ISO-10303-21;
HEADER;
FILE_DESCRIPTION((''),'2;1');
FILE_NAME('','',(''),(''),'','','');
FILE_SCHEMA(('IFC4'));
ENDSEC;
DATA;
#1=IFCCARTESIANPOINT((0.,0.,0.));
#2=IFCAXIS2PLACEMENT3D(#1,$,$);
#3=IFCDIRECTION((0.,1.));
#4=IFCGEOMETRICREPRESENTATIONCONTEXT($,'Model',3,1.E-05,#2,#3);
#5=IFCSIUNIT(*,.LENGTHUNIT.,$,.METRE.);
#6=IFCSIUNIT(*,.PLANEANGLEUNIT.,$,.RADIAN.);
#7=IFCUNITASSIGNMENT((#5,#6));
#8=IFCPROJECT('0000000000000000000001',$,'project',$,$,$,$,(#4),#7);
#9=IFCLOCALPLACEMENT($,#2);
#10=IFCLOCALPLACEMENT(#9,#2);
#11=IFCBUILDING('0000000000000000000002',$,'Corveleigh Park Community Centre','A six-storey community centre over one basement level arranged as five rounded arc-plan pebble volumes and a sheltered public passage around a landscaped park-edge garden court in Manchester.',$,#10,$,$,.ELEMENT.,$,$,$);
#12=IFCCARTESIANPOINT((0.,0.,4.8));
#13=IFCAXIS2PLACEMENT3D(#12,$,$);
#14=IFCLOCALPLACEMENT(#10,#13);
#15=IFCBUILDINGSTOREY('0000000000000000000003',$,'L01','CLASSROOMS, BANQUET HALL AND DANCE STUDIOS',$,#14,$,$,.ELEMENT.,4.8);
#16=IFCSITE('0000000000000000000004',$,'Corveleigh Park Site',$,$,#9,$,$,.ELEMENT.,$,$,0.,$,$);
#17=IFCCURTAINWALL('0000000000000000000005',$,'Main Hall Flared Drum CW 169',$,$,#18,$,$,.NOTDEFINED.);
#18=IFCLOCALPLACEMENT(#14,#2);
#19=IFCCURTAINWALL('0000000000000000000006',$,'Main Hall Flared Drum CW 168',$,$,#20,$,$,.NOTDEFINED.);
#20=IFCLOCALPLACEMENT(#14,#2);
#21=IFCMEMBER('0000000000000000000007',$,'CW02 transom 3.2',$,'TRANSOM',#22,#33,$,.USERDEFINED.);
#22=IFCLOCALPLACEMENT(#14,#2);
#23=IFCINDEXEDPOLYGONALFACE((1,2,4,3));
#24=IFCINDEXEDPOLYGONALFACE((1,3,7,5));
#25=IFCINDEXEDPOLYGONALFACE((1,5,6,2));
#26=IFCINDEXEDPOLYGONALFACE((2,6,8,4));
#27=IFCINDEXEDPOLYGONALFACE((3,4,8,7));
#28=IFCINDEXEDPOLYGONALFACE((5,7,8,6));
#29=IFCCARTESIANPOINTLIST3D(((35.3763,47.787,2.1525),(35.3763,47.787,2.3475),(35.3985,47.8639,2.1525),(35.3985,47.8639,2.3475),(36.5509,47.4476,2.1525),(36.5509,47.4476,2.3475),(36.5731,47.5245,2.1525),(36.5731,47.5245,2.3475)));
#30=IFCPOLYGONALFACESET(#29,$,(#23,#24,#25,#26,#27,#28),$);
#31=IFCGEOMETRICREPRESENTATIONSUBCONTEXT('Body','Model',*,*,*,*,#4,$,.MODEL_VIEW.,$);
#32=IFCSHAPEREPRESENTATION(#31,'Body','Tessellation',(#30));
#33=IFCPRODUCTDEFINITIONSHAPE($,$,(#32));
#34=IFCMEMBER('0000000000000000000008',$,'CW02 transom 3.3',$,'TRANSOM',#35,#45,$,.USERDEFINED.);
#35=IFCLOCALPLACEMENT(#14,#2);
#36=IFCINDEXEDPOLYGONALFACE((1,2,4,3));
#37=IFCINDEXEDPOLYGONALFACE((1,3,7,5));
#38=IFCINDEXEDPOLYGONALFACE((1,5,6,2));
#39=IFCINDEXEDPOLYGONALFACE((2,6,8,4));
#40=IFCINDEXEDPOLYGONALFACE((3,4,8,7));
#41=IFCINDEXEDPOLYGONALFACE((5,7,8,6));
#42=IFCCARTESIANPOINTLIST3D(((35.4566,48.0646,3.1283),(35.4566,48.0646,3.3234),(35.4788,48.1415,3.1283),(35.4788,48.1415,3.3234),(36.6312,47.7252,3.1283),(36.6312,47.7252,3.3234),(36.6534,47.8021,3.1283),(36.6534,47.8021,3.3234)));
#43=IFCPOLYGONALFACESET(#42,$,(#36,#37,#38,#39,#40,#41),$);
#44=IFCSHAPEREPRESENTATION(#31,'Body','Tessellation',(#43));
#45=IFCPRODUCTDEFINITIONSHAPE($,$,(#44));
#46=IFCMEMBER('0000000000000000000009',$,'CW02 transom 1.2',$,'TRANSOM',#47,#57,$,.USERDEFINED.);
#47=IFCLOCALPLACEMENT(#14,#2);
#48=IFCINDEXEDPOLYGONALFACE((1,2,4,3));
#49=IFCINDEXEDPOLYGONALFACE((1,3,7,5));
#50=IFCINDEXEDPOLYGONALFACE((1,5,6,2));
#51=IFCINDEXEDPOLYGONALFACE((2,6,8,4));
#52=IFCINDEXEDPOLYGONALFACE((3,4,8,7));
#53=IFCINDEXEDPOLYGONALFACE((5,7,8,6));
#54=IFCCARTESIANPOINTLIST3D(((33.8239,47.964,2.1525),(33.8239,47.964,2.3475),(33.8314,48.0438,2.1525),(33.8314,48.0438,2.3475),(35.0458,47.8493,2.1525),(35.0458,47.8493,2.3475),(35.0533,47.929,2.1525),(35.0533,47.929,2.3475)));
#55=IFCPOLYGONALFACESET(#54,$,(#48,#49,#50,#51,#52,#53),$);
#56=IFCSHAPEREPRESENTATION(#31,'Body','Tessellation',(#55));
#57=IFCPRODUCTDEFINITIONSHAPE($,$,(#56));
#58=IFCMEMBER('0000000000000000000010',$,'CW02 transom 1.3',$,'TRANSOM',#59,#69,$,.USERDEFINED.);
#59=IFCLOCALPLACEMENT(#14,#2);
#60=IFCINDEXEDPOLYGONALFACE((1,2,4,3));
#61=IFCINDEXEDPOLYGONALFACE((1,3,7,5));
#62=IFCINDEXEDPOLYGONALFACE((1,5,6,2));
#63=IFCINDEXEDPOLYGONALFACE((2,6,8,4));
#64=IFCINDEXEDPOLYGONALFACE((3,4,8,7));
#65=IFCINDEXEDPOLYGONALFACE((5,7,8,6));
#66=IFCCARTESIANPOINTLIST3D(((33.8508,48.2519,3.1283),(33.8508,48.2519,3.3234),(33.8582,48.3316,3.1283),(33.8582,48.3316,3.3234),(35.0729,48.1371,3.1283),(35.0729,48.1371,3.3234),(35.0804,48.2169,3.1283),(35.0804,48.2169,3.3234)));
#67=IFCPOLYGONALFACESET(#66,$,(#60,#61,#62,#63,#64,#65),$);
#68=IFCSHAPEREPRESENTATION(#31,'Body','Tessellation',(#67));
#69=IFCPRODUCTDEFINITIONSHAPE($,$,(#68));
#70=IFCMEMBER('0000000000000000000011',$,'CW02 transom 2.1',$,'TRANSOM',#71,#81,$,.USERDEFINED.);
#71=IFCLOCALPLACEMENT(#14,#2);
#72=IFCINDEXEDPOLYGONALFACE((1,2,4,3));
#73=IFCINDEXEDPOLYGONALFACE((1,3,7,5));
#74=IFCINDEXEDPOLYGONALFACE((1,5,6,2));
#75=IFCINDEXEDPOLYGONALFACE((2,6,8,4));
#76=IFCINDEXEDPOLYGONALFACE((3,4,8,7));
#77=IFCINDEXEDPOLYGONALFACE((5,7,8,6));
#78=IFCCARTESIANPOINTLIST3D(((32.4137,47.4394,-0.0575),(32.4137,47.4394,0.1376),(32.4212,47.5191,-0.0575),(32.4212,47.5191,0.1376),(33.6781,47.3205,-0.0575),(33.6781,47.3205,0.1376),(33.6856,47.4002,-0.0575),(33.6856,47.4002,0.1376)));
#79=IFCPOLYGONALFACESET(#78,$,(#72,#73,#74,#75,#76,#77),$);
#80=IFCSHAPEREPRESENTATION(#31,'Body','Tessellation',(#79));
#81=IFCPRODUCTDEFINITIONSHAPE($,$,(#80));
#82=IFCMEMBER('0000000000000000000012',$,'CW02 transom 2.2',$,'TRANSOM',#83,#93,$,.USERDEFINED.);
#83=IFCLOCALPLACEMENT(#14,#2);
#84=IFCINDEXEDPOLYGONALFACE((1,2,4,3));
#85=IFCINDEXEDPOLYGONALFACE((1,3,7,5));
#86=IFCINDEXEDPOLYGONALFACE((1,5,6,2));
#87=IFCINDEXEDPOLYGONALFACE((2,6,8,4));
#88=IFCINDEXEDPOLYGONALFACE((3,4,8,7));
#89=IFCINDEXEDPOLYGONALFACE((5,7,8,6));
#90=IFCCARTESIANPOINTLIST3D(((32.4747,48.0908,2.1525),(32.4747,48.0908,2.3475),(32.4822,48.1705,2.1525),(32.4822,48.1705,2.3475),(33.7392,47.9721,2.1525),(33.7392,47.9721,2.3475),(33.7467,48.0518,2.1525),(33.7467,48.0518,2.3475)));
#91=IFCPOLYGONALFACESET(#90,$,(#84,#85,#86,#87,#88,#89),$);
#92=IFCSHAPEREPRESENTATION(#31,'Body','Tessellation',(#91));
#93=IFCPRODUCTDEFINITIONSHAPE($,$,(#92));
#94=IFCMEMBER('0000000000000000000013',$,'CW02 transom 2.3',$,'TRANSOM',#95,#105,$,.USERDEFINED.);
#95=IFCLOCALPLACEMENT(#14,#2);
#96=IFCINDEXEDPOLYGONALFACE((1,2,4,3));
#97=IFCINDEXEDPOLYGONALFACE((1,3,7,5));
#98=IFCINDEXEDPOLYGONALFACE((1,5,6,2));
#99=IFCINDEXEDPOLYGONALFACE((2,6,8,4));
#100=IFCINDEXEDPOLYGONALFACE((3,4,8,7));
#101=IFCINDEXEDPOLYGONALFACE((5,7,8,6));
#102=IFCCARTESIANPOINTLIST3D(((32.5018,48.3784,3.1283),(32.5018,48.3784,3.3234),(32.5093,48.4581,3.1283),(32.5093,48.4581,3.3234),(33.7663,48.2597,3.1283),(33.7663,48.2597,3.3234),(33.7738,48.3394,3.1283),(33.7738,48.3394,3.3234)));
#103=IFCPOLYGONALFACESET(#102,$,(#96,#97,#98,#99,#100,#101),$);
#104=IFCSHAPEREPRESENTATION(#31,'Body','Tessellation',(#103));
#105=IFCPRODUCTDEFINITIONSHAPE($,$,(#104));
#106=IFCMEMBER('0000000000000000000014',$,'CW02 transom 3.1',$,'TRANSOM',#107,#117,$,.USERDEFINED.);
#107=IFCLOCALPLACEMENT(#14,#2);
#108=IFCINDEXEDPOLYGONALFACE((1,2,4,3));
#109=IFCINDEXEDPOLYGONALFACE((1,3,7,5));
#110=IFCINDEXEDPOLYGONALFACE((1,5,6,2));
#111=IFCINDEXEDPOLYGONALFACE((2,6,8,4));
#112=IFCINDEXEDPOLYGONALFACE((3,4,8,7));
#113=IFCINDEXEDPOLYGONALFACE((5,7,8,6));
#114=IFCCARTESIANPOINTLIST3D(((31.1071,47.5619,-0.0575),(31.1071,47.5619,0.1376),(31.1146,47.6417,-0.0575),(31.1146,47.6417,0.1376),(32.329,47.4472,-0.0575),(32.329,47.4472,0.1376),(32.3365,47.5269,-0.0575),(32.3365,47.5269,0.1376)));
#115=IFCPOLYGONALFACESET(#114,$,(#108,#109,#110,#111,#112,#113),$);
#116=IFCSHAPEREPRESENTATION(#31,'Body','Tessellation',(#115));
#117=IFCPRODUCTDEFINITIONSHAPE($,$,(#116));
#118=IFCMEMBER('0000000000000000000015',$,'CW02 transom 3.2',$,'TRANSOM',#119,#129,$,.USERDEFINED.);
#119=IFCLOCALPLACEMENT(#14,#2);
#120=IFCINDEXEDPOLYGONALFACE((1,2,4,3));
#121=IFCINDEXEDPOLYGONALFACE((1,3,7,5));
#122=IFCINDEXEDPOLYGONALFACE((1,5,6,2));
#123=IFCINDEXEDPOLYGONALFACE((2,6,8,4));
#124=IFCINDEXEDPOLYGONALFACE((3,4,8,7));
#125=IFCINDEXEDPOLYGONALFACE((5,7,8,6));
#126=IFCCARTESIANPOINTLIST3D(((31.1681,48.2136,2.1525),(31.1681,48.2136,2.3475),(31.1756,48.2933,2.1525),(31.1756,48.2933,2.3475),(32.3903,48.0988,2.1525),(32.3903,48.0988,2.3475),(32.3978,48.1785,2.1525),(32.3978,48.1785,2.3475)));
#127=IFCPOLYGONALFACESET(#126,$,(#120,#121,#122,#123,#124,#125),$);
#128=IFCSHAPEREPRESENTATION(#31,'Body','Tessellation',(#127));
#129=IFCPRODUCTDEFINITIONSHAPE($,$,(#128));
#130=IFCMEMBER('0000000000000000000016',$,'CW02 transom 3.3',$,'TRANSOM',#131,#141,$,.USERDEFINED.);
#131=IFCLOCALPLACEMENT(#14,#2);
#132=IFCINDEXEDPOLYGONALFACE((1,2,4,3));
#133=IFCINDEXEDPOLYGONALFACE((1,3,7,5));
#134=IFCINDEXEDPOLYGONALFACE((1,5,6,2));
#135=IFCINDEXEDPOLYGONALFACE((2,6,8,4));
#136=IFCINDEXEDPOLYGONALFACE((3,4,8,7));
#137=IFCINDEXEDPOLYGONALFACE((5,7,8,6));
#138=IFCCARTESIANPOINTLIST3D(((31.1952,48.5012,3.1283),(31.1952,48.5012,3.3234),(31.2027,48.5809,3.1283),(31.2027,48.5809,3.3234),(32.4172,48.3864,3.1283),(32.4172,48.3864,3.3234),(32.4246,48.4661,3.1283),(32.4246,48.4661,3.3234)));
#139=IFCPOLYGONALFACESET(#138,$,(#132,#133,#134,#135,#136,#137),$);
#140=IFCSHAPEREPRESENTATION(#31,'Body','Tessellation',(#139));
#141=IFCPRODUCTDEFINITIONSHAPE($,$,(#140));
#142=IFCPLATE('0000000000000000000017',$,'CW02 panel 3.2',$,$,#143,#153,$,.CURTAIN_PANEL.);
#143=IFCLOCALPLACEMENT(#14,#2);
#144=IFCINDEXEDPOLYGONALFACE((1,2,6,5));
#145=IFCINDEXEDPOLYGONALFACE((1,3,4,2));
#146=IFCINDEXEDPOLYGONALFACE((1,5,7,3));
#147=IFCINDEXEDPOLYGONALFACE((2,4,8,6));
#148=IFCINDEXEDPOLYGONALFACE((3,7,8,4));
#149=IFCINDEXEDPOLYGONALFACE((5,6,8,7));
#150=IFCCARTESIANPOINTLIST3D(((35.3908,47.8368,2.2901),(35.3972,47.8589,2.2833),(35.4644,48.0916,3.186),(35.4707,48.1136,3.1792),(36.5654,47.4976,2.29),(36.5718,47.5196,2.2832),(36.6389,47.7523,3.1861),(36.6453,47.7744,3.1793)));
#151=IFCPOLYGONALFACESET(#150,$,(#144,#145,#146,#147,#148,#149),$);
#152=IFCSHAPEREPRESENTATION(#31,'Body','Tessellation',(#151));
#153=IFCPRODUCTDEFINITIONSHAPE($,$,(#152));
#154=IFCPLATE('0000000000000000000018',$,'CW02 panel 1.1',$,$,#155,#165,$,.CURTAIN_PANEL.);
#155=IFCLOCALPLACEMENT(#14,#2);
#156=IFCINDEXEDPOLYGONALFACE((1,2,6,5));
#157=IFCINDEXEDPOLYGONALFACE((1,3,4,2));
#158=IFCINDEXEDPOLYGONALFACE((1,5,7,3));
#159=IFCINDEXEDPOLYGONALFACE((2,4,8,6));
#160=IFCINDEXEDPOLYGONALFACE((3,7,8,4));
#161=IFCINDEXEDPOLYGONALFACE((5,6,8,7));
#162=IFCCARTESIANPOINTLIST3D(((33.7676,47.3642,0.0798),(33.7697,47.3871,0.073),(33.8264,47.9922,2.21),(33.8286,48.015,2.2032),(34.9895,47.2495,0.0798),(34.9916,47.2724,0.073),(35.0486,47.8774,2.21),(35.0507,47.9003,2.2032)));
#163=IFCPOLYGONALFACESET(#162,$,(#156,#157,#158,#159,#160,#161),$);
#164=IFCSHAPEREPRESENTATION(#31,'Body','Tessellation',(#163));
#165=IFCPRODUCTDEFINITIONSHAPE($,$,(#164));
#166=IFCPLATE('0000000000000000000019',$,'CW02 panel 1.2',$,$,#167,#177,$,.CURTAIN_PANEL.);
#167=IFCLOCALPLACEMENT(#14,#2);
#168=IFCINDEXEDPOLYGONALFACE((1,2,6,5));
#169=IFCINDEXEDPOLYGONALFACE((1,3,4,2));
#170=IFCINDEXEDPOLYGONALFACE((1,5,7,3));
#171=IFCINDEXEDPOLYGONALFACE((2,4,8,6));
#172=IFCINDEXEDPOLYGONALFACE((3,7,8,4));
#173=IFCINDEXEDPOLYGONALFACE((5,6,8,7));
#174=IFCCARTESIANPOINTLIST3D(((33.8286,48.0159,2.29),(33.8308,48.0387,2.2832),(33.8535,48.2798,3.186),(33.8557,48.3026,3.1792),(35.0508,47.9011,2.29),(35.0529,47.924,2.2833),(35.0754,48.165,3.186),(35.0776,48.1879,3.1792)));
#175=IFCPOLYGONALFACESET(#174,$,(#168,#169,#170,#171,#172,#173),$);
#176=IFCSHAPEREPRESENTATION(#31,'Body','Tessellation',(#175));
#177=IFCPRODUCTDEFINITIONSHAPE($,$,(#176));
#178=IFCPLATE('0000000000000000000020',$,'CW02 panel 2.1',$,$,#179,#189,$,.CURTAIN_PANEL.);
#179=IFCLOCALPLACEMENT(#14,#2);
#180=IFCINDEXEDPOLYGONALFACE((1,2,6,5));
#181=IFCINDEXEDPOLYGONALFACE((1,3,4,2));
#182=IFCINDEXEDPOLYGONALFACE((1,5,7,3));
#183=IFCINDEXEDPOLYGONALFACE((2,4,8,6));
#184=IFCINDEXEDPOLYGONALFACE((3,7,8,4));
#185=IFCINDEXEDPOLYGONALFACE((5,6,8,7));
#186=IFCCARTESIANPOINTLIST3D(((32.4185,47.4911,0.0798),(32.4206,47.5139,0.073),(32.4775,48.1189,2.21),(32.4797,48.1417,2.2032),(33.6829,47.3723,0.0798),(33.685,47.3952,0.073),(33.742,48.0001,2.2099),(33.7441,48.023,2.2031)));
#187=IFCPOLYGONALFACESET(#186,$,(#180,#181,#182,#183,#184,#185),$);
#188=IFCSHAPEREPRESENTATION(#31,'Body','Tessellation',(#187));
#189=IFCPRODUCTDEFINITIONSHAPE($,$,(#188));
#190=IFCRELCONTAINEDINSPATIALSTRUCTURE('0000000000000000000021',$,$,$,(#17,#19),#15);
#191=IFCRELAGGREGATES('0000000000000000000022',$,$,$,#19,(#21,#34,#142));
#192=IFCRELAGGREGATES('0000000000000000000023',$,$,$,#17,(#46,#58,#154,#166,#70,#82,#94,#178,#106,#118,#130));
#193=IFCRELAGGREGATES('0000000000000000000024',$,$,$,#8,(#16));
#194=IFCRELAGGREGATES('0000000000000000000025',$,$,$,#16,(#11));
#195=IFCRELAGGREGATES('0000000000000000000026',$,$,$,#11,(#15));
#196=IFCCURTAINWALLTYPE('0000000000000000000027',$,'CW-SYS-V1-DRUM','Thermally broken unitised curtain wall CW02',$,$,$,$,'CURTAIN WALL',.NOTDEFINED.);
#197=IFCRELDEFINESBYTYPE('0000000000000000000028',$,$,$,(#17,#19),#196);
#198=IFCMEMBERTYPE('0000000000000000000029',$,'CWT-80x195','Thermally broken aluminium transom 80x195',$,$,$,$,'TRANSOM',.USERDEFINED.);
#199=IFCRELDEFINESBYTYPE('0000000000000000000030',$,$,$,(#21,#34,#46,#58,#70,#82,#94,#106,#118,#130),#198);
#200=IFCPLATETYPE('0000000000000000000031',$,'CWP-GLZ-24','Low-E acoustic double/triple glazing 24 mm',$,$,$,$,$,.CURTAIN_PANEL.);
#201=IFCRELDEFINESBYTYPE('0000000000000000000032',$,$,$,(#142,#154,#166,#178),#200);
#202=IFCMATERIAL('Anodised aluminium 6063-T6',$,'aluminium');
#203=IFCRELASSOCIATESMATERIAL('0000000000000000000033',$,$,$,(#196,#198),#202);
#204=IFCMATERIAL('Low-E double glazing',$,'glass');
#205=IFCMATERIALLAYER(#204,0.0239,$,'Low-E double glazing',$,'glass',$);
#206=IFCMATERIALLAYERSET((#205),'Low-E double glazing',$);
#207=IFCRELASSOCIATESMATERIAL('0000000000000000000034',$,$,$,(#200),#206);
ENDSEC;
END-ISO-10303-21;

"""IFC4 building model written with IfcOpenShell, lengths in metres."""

from ifc_helpers import new_model, si_unit, direction, frame, origin, origin_2d, place, context, subcontext, project, spatial, polyline, rectangle, outline, extrude, material, layer, layer_set, material_profile, profile_set, type_object, element, aggregate, save


model = new_model("IFC4")

# Units and contexts
model_context = context("Model", 3, precision=1e-05, world=origin(), true_north=direction((0.0, 1.0)))
body_context = subcontext(model_context, "Body", "Model", "MODEL_VIEW")
ifc_project = project(units=[si_unit("LENGTHUNIT", "METRE"), si_unit("PLANEANGLEUNIT", "RADIAN")], contexts=[model_context])

# Site, building, storey
site_placement = place(None, origin())
site = spatial("IfcSite", under=ifc_project, at=site_placement, Name="Corveleigh Park Site", CompositionType="ELEMENT", RefElevation=0.0)
building_placement = place(site_placement, origin())
building = spatial("IfcBuilding", under=site, at=building_placement, Name="Corveleigh Park Community Centre", Description="A six-storey community centre over one basement level arranged as five rounded arc-plan pebble volumes and a sheltered public passage around a landscaped park-edge garden court in Manchester.", CompositionType="ELEMENT")
storey_placement = place(building_placement, frame((0.0, 0.0, 4.8)))
storey = spatial("IfcBuildingStorey", under=building, at=storey_placement, Name="L01", Description="CLASSROOMS, BANQUET HALL AND DANCE STUDIOS", CompositionType="ELEMENT", Elevation=4.8)

# Shared definitions
ifc_material_1 = material(Name="Anodised aluminium 6063-T6", Category="aluminium")

# Curtain wall
curtain_wall_type_1 = type_object("IfcCurtainWallType", Name="CW-SYS-V1-DRUM", Description="Thermally broken unitised curtain wall CW02", ElementType="CURTAIN WALL", PredefinedType="NOTDEFINED", material=ifc_material_1)
curtain_wall_1_placement = place(storey_placement, origin())
curtain_wall_1 = element("IfcCurtainWall", 1, at=curtain_wall_1_placement, inside=storey, type_object=curtain_wall_type_1, Name="Main Hall Flared Drum CW 169", PredefinedType="NOTDEFINED")

# Curtain wall, members
curtain_wall_2_placement = place(storey_placement, origin())
curtain_wall_2 = element("IfcCurtainWall", 2, at=curtain_wall_2_placement, inside=storey, type_object=curtain_wall_type_1, Name="Main Hall Flared Drum CW 168", PredefinedType="NOTDEFINED")
ifc_material_profile_1 = material_profile(ifc_material_1, rectangle(XDim=0.0801, YDim=0.1951, at=origin_2d()), Name="ALU-T80x195", Category="aluminium")
ifc_profile_set_1 = profile_set([ifc_material_profile_1], Name="Anodised aluminium 6063-T6")
member_type_1 = type_object("IfcMemberType", Name="CWT-80x195", Description="Thermally broken aluminium transom 80x195", ElementType="TRANSOM", PredefinedType="USERDEFINED", material=ifc_profile_set_1)
member_1_placement = place(storey_placement, frame((36.562, 47.4861, 2.25), z_axis=(-0.960706, 0.277568, 0.0), x_axis=(-0.277568, -0.960706, 0.0)))
member_1 = element("IfcMember", 3, at=member_1_placement, type_object=member_type_1, Name="CW02 transom 3.2", ObjectType="TRANSOM", PredefinedType="USERDEFINED", context=body_context, shape_type="SweptSolid", body=[
    extrude(rectangle(XDim=0.0801, YDim=0.1951, at=origin_2d()), origin(), (0.0, 0.0, 1.0), 1.2227),
])
member_2_placement = place(storey_placement, frame((36.6423, 47.7637, 3.2258), z_axis=(-0.960706, 0.277568, 0.0), x_axis=(-0.277568, -0.960706, 0.0)))
member_2 = element("IfcMember", 4, at=member_2_placement, type_object=member_type_1, Name="CW02 transom 3.3", ObjectType="TRANSOM", PredefinedType="USERDEFINED", context=body_context, shape_type="SweptSolid", body=[
    extrude(rectangle(XDim=0.0801, YDim=0.1951, at=origin_2d()), origin(), (0.0, 0.0, 1.0), 1.2227),
])

# Members
member_3_placement = place(storey_placement, frame((35.0496, 47.8892, 2.25), z_axis=(-0.99562, 0.093495, 0.0), x_axis=(-0.093495, -0.99562, 0.0)))
member_3 = element("IfcMember", 5, at=member_3_placement, type_object=member_type_1, Name="CW02 transom 1.2", ObjectType="TRANSOM", PredefinedType="USERDEFINED", context=body_context, shape_type="SweptSolid", body=[
    extrude(rectangle(XDim=0.0801, YDim=0.1951, at=origin_2d()), origin(), (0.0, 0.0, 1.0), 1.2273),
])
member_4_placement = place(storey_placement, frame((35.0767, 48.177, 3.2258), z_axis=(-0.995622, 0.093476, 0.0), x_axis=(-0.093476, -0.995622, 0.0)))
member_4 = element("IfcMember", 6, at=member_4_placement, type_object=member_type_1, Name="CW02 transom 1.3", ObjectType="TRANSOM", PredefinedType="USERDEFINED", context=body_context, shape_type="SweptSolid", body=[
    extrude(rectangle(XDim=0.0801, YDim=0.1951, at=origin_2d()), origin(), (0.0, 0.0, 1.0), 1.2275),
])
member_5_placement = place(storey_placement, frame((33.6819, 47.3604, 0.04), z_axis=(-0.995608, 0.093621, 0.0), x_axis=(-0.093621, -0.995608, 0.0)))
member_5 = element("IfcMember", 7, at=member_5_placement, type_object=member_type_1, Name="CW02 transom 2.1", ObjectType="TRANSOM", PredefinedType="USERDEFINED", context=body_context, shape_type="SweptSolid", body=[
    extrude(rectangle(XDim=0.0801, YDim=0.1951, at=origin_2d()), origin(), (0.0, 0.0, 1.0), 1.27),
])
member_6_placement = place(storey_placement, frame((33.7429, 48.012, 2.25), z_axis=(-0.995626, 0.09343, 0.0), x_axis=(-0.09343, -0.995626, 0.0)))
member_6 = element("IfcMember", 8, at=member_6_placement, type_object=member_type_1, Name="CW02 transom 2.2", ObjectType="TRANSOM", PredefinedType="USERDEFINED", context=body_context, shape_type="SweptSolid", body=[
    extrude(rectangle(XDim=0.0801, YDim=0.1951, at=origin_2d()), origin(), (0.0, 0.0, 1.0), 1.27),
])
member_7_placement = place(storey_placement, frame((33.77, 48.2996, 3.2258), z_axis=(-0.995626, 0.09343, 0.0), x_axis=(-0.09343, -0.995626, 0.0)))
member_7 = element("IfcMember", 9, at=member_7_placement, type_object=member_type_1, Name="CW02 transom 2.3", ObjectType="TRANSOM", PredefinedType="USERDEFINED", context=body_context, shape_type="SweptSolid", body=[
    extrude(rectangle(XDim=0.0801, YDim=0.1951, at=origin_2d()), origin(), (0.0, 0.0, 1.0), 1.27),
])
member_8_placement = place(storey_placement, frame((32.3328, 47.4871, 0.04), z_axis=(-0.99562, 0.093495, 0.0), x_axis=(-0.093495, -0.99562, 0.0)))
member_8 = element("IfcMember", 10, at=member_8_placement, type_object=member_type_1, Name="CW02 transom 3.1", ObjectType="TRANSOM", PredefinedType="USERDEFINED", context=body_context, shape_type="SweptSolid", body=[
    extrude(rectangle(XDim=0.0801, YDim=0.1951, at=origin_2d()), origin(), (0.0, 0.0, 1.0), 1.2273),
])
member_9_placement = place(storey_placement, frame((32.394, 48.1387, 2.25), z_axis=(-0.995622, 0.093476, 0.0), x_axis=(-0.093476, -0.995622, 0.0)))
member_9 = element("IfcMember", 11, at=member_9_placement, type_object=member_type_1, Name="CW02 transom 3.2", ObjectType="TRANSOM", PredefinedType="USERDEFINED", context=body_context, shape_type="SweptSolid", body=[
    extrude(rectangle(XDim=0.0801, YDim=0.1951, at=origin_2d()), origin(), (0.0, 0.0, 1.0), 1.2275),
])
member_10_placement = place(storey_placement, frame((32.4209, 48.4263, 3.2258), z_axis=(-0.99562, 0.093495, 0.0), x_axis=(-0.093495, -0.99562, 0.0)))
member_10 = element("IfcMember", 12, at=member_10_placement, type_object=member_type_1, Name="CW02 transom 3.3", ObjectType="TRANSOM", PredefinedType="USERDEFINED", context=body_context, shape_type="SweptSolid", body=[
    extrude(rectangle(XDim=0.0801, YDim=0.1951, at=origin_2d()), origin(), (0.0, 0.0, 1.0), 1.2273),
])

# Plates
ifc_material_2 = material(Name="Low-E double glazing", Category="glass")
ifc_layer_1 = layer(ifc_material_2, 0.0239, Name="Low-E double glazing", Category="glass")
ifc_layer_set_1 = layer_set([ifc_layer_1], Name="Low-E double glazing")
plate_type_1 = type_object("IfcPlateType", Name="CWP-GLZ-24", Description="Low-E acoustic double/triple glazing 24 mm", PredefinedType="CURTAIN_PANEL", material=ifc_layer_set_1)
plate_1_placement = place(storey_placement, frame((36.5654, 47.4976, 2.29), z_axis=(-0.266071, -0.921242, 0.283761), x_axis=(-0.96073, 0.277484, 0.000026)))
plate_1 = element("IfcPlate", 13, at=plate_1_placement, type_object=plate_type_1, Name="CW02 panel 3.2", PredefinedType="CURTAIN_PANEL", context=body_context, shape_type="SweptSolid", body=[
    extrude(outline(polyline([(0.0, 0.0), (1.2226, 0.0), (1.2227, -0.9344), (0.0001, -0.9344), (0.0, 0.0)])), origin(), (0.0, 0.0, -1.0), 0.0239),
])
aggregate(curtain_wall_2, [member_1, member_2, plate_1])
plate_2_placement = place(storey_placement, frame((34.9895, 47.2495, 0.0798), z_axis=(-0.089639, -0.954655, 0.283899), x_axis=(-0.995621, 0.093486, 0.000003)))
plate_2 = element("IfcPlate", 14, at=plate_2_placement, type_object=plate_type_1, Name="CW02 panel 1.1", PredefinedType="CURTAIN_PANEL", context=body_context, shape_type="SweptSolid", body=[
    extrude(outline(polyline([(0.0, 0.0), (1.2273, 0.0), (1.2274, -2.2215), (-0.0001, -2.2215), (0.0, 0.0)])), origin(), (0.0, 0.0, -1.0), 0.0239),
])
plate_3_placement = place(storey_placement, frame((35.0508, 47.9011, 2.29), z_axis=(-0.089645, -0.954716, 0.283691), x_axis=(-0.995621, 0.093485, -0.000003)))
plate_3 = element("IfcPlate", 15, at=plate_3_placement, type_object=plate_type_1, Name="CW02 panel 1.2", PredefinedType="CURTAIN_PANEL", context=body_context, shape_type="SweptSolid", body=[
    extrude(outline(polyline([(0.0, 0.0), (1.2275, 0.0), (1.2274, -0.9344), (0.0001, -0.9344), (0.0, 0.0)])), origin(), (0.0, 0.0, -1.0), 0.0239),
])
plate_4_placement = place(storey_placement, frame((33.6829, 47.3723, 0.0798), z_axis=(-0.089678, -0.954665, 0.283854), x_axis=(-0.995618, 0.093518, -0.000026)))
plate_4 = element("IfcPlate", 16, at=plate_4_placement, type_object=plate_type_1, Name="CW02 panel 2.1", PredefinedType="CURTAIN_PANEL", context=body_context, shape_type="SweptSolid", body=[
    extrude(outline(polyline([(0.0, 0.0), (1.27, 0.0), (1.2698, -2.2215), (-0.0002, -2.2215), (0.0, 0.0)])), origin(), (0.0, 0.0, -1.0), 0.0239),
])
aggregate(curtain_wall_1, [member_3, member_4, plate_2, plate_3, member_5, member_6, member_7, plate_4, member_8, member_9, member_10])

save(model, "model.ifc")
